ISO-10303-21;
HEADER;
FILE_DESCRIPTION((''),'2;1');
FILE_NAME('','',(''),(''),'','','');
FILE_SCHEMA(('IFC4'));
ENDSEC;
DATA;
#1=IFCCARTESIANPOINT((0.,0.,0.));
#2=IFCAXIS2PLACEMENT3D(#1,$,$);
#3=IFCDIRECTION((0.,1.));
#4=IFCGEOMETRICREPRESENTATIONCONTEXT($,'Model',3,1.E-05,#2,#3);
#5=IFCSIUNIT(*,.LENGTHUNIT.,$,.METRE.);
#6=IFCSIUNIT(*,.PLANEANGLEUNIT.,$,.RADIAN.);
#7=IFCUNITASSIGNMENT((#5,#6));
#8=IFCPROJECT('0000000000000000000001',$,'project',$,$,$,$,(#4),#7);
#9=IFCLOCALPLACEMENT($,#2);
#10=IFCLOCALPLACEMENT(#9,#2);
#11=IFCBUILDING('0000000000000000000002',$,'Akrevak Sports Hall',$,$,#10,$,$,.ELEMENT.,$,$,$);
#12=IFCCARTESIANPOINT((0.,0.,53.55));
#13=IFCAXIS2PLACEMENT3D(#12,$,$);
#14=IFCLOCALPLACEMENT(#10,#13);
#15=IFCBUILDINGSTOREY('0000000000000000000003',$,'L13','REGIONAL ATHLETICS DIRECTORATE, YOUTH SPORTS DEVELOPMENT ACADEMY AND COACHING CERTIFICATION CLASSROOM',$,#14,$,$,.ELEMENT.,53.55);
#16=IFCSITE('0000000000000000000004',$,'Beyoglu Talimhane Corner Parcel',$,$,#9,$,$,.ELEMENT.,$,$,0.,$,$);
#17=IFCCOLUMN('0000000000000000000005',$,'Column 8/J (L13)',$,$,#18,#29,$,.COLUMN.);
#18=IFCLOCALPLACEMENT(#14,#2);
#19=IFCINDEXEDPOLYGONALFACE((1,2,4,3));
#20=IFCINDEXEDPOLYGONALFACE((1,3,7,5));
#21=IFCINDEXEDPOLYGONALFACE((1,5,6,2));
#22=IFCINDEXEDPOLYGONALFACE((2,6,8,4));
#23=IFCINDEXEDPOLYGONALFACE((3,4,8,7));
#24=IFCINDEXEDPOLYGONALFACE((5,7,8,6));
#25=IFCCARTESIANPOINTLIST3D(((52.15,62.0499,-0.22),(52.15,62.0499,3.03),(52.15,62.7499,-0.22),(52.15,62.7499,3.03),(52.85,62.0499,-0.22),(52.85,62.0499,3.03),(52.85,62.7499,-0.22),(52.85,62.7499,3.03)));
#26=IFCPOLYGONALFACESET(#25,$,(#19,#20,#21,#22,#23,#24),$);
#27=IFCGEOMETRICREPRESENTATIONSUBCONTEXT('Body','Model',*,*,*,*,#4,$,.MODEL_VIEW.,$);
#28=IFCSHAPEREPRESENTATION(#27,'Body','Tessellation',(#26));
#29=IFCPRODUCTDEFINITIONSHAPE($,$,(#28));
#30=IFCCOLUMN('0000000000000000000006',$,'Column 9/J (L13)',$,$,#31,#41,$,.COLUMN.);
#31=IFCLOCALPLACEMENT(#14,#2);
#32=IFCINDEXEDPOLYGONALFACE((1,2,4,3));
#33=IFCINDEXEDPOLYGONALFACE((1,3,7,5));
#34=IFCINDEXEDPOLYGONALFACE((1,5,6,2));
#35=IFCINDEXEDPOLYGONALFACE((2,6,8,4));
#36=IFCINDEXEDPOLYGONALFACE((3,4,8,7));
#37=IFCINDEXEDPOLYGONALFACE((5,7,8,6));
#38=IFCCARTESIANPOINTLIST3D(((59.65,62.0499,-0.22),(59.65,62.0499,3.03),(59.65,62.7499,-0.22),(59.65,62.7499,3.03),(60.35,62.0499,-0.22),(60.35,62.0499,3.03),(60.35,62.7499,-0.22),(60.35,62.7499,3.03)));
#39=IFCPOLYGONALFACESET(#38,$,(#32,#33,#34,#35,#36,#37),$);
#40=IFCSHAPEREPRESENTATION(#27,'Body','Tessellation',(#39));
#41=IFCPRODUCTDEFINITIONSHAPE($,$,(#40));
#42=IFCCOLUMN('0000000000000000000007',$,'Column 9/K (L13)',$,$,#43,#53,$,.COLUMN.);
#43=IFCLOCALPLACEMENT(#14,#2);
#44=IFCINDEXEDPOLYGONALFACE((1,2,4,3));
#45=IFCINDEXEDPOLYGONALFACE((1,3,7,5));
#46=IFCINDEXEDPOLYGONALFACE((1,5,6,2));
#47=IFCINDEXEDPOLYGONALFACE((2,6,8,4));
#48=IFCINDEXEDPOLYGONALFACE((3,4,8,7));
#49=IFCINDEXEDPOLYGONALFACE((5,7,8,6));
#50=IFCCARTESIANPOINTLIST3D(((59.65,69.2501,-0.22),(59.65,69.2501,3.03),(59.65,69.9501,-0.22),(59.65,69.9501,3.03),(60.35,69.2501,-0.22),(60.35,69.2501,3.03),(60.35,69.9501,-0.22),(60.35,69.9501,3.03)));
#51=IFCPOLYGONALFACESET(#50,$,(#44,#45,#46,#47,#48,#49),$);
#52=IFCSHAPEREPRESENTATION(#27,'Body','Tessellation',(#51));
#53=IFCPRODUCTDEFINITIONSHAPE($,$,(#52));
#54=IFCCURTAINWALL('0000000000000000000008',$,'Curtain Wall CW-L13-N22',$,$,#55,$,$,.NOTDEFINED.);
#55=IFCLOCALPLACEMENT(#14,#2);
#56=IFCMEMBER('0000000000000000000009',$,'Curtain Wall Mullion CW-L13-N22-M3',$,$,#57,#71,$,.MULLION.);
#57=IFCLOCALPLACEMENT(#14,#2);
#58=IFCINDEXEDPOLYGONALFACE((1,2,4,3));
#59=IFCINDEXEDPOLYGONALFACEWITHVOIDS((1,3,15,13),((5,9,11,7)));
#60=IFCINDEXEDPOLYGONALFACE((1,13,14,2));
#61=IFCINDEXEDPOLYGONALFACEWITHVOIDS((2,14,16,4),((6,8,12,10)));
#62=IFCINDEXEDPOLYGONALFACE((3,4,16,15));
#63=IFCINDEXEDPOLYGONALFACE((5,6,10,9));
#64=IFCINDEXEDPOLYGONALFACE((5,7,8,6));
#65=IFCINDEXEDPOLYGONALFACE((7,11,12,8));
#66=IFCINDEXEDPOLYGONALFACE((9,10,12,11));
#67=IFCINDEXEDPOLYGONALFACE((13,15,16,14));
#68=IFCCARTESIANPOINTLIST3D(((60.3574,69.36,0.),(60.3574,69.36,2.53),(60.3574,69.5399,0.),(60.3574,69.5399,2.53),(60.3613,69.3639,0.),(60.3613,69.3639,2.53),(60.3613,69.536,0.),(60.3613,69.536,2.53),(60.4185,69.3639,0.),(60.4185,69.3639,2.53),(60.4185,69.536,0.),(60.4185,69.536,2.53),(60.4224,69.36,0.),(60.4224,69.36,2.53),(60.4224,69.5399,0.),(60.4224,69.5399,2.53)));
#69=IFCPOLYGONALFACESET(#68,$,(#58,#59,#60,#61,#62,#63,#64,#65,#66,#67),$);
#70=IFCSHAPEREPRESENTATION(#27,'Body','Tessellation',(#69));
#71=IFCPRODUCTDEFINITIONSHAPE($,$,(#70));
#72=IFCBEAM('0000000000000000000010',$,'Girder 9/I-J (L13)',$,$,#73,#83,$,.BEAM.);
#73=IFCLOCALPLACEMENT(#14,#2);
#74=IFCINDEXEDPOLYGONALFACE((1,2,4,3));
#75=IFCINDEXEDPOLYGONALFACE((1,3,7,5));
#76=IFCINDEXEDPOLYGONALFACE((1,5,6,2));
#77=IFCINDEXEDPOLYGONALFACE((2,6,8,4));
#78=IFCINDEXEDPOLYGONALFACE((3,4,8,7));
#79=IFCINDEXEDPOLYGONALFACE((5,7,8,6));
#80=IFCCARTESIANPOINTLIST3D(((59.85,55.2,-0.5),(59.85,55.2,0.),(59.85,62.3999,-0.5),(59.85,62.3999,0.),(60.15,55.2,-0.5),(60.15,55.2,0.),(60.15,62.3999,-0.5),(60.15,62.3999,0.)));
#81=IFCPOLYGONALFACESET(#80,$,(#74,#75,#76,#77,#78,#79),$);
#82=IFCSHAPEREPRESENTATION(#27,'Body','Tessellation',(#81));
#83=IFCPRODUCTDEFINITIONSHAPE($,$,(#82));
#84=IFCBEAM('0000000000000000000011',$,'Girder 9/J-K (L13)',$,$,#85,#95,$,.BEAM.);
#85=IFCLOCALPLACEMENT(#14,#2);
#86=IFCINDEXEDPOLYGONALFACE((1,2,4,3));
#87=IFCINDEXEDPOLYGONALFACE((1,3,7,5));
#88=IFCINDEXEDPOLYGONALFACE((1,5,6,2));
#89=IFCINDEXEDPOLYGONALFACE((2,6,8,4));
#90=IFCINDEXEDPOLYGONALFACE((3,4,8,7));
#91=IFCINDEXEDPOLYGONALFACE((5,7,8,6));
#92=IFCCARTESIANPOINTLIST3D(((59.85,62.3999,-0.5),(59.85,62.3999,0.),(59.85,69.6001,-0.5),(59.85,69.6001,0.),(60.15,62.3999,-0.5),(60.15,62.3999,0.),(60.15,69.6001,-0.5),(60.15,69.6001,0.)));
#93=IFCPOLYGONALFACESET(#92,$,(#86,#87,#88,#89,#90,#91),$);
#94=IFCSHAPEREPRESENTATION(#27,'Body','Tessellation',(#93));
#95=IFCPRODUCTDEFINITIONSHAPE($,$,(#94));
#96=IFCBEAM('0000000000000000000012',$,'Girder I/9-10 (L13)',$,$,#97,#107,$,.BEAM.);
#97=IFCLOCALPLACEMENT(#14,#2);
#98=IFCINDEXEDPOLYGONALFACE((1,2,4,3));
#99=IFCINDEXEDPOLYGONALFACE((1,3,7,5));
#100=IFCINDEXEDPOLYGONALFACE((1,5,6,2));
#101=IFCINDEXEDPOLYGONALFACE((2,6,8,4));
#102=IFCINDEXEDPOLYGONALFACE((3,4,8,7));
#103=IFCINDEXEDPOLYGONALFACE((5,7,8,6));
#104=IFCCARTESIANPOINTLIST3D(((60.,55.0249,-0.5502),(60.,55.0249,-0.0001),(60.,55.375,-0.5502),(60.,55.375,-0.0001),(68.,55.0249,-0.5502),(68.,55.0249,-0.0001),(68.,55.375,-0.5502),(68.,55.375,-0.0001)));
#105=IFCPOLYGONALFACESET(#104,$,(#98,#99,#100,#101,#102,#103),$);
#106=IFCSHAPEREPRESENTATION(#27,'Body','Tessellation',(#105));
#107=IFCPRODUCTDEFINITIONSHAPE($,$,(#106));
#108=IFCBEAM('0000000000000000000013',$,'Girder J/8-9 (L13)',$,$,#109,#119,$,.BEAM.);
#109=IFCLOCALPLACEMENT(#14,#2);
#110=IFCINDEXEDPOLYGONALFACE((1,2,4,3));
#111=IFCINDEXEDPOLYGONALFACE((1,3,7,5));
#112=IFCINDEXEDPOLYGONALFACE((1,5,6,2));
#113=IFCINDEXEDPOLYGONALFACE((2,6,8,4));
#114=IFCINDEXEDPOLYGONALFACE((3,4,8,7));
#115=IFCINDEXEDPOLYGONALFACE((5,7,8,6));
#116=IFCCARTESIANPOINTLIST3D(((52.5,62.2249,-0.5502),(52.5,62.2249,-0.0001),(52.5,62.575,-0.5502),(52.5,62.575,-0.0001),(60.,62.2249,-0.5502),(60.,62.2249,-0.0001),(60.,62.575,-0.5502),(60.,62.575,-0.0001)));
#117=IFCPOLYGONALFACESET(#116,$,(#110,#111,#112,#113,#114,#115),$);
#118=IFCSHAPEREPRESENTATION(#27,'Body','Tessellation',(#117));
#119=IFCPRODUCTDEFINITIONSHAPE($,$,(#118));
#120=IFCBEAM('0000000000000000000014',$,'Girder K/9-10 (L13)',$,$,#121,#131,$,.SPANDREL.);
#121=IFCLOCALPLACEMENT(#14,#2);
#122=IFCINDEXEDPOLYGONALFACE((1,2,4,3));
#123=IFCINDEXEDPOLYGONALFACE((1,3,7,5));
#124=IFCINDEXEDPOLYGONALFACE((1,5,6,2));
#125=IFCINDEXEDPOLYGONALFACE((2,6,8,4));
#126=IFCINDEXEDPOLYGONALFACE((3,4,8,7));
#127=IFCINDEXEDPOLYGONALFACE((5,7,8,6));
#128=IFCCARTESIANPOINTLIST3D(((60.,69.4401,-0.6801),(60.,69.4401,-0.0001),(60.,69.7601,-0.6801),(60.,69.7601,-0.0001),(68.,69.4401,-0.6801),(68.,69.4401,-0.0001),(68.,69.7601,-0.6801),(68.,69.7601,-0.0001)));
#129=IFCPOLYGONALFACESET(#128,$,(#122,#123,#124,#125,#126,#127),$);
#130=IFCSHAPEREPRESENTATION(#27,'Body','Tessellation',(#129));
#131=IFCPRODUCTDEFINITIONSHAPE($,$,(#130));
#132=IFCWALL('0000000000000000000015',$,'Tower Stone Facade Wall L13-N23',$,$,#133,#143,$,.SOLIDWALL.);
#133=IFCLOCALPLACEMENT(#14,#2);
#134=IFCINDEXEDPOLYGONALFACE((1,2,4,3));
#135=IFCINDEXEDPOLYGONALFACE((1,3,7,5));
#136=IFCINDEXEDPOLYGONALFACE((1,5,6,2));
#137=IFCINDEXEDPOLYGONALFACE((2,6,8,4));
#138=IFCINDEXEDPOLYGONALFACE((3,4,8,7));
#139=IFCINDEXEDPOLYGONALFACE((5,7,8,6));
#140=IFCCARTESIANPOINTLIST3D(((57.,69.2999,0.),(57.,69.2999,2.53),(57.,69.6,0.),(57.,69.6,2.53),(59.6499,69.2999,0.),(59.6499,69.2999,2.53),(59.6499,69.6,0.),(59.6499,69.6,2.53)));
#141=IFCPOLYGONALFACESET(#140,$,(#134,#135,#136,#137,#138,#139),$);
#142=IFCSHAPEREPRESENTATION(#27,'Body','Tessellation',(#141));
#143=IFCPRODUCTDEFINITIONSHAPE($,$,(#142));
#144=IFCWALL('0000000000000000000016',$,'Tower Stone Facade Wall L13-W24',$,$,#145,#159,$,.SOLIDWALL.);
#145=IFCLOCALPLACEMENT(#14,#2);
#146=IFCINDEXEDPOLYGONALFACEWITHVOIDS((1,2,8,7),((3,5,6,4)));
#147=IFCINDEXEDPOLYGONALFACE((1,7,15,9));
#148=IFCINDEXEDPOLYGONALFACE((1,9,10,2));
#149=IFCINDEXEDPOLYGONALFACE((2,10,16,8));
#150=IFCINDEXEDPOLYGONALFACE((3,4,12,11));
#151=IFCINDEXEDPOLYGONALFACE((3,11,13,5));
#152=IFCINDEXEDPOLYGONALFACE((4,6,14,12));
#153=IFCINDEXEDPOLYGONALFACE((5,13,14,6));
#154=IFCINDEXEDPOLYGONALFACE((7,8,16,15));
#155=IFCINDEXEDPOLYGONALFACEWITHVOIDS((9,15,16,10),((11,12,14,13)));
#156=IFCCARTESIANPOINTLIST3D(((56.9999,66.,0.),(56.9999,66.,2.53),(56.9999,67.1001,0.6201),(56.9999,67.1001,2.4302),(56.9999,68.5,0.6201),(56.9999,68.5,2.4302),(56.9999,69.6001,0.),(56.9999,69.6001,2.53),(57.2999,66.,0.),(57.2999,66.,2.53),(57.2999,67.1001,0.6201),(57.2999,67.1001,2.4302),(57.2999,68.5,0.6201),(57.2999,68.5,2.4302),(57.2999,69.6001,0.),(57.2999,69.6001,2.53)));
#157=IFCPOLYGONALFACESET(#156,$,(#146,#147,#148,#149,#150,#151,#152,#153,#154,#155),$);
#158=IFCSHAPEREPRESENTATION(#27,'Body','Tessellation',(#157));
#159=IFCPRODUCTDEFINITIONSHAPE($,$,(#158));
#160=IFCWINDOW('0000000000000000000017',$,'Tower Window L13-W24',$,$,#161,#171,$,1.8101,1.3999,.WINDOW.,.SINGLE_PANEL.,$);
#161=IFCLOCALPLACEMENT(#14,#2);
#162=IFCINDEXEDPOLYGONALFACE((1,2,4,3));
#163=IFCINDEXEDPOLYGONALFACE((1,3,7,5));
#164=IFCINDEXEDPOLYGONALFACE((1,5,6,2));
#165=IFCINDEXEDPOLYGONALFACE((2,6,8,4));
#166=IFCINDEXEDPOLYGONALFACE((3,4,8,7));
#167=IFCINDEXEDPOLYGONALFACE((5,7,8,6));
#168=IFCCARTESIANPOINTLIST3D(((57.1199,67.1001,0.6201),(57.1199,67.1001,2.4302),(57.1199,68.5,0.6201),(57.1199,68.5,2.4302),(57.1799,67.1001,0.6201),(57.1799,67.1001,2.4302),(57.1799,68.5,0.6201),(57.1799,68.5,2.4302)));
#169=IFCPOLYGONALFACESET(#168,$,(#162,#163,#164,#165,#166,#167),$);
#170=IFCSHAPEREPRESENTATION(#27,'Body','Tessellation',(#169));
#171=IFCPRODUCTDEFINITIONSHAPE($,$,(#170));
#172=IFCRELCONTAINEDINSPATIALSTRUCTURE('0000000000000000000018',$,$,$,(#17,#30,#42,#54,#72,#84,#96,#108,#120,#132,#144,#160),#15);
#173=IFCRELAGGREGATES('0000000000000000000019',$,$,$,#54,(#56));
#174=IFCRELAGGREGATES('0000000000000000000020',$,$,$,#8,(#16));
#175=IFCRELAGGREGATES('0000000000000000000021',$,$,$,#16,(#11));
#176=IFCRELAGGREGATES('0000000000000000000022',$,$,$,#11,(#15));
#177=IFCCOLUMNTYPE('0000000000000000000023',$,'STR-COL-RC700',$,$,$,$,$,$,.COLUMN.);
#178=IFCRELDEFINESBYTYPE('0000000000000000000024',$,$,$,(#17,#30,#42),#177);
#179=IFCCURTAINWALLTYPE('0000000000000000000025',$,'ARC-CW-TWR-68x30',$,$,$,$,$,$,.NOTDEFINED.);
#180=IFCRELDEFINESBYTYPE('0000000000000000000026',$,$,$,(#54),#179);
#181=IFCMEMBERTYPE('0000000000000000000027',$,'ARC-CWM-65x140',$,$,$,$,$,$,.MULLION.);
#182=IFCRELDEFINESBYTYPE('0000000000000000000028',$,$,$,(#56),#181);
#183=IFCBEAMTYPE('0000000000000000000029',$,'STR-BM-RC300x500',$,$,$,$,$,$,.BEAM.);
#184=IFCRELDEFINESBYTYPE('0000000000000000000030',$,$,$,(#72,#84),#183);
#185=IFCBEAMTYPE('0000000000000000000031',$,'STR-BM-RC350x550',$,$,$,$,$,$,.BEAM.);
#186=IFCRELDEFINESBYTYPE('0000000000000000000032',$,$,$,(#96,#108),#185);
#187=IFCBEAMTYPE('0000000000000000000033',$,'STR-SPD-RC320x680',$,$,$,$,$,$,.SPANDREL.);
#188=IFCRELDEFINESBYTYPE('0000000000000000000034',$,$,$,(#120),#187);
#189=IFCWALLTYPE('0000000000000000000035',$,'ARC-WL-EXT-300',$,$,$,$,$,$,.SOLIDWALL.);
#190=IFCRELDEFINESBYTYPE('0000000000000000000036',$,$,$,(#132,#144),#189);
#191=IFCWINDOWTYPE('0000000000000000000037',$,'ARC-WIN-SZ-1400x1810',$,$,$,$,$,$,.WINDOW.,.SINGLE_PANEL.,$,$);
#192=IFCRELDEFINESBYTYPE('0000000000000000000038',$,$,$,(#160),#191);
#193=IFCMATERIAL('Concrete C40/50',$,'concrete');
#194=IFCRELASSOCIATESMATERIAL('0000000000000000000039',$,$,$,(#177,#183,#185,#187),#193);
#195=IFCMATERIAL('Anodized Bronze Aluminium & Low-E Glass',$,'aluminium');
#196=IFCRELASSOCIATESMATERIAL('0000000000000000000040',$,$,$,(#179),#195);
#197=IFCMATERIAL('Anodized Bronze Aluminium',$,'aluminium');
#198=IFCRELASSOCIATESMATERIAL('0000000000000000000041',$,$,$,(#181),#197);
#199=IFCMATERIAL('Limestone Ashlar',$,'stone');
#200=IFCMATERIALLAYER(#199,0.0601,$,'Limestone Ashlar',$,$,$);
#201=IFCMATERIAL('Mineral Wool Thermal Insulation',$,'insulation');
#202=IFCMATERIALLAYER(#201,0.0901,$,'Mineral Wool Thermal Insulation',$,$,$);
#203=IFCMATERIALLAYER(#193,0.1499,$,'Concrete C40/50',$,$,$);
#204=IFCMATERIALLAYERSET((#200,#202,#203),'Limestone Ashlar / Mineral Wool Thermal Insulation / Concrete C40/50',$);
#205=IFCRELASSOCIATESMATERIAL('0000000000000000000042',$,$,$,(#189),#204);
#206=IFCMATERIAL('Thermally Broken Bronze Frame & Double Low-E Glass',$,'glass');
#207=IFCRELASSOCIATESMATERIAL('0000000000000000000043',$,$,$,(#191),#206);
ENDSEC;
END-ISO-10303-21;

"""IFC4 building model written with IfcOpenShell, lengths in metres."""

from ifc_helpers import new_model, si_unit, direction, frame, frame_2d, origin, origin_2d, place, context, subcontext, project, spatial, rectangle, hollow_rectangle, extrude, material, layer, layer_set, material_profile, profile_set, type_object, element, fill, aggregate, save


model = new_model("IFC4")

# Units and contexts
model_context = context("Model", 3, precision=1e-05, world=origin(), true_north=direction((0.0, 1.0)))
body_context = subcontext(model_context, "Body", "Model", "MODEL_VIEW")
ifc_project = project(units=[si_unit("LENGTHUNIT", "METRE"), si_unit("PLANEANGLEUNIT", "RADIAN")], contexts=[model_context])

# Site, building, storey
site_placement = place(None, origin())
site = spatial("IfcSite", under=ifc_project, at=site_placement, Name="Beyoglu Talimhane Corner Parcel", CompositionType="ELEMENT", RefElevation=0.0)
building_placement = place(site_placement, origin())
building = spatial("IfcBuilding", under=site, at=building_placement, Name="Akrevak Sports Hall", CompositionType="ELEMENT")
storey_placement = place(building_placement, frame((0.0, 0.0, 53.55)))
storey = spatial("IfcBuildingStorey", under=building, at=storey_placement, Name="L13", Description="REGIONAL ATHLETICS DIRECTORATE, YOUTH SPORTS DEVELOPMENT ACADEMY AND COACHING CERTIFICATION CLASSROOM", CompositionType="ELEMENT", Elevation=53.55)

# Columns
ifc_material_1 = material(Name="Concrete C40/50", Category="concrete")
ifc_material_profile_1 = material_profile(ifc_material_1, rectangle(XDim=0.7, YDim=0.7, at=origin_2d()), Name="RC 700x700", Category="concrete")
ifc_profile_set_1 = profile_set([ifc_material_profile_1], Name="Concrete C40/50")
column_type = type_object("IfcColumnType", Name="STR-COL-RC700", PredefinedType="COLUMN", material=ifc_profile_set_1)
for number, where, z_axis, x_axis, name in (
    (1, (52.5, 62.3999, -0.22), (0.0, 0.0, 1.0), (1.0, 0.0, 0.0), "Column 8/J (L13)"),
    (2, (60.0, 62.3999, -0.22), (0.0, 0.0, 1.0), (1.0, 0.0, 0.0), "Column 9/J (L13)"),
    (3, (60.0, 69.6001, -0.22), (0.0, 0.0, 1.0), (1.0, 0.0, 0.0), "Column 9/K (L13)"),
):
    element("IfcColumn", number, at=place(storey_placement, frame(where, z_axis=z_axis, x_axis=x_axis)), inside=storey, type_object=column_type, Name=name, PredefinedType="COLUMN", context=body_context, shape_type="SweptSolid", body=[
        extrude(rectangle(XDim=0.7, YDim=0.7, at=origin_2d()), origin(), (0.0, 0.0, 1.0), 3.25),
    ])

# Curtain wall, member
ifc_material_2 = material(Name="Anodized Bronze Aluminium & Low-E Glass", Category="aluminium")
curtain_wall_type = type_object("IfcCurtainWallType", Name="ARC-CW-TWR-68x30", PredefinedType="NOTDEFINED", material=ifc_material_2)
curtain_wall_placement = place(storey_placement, origin())
curtain_wall = element("IfcCurtainWall", 4, at=curtain_wall_placement, inside=storey, type_object=curtain_wall_type, Name="Curtain Wall CW-L13-N22", PredefinedType="NOTDEFINED")
ifc_material_3 = material(Name="Anodized Bronze Aluminium", Category="aluminium")
ifc_material_profile_2 = material_profile(ifc_material_3, hollow_rectangle(XDim=0.0649, YDim=0.1799, WallThickness=0.0039, at=origin_2d()), Name="CWM 65x180", Category="aluminium")
ifc_profile_set_2 = profile_set([ifc_material_profile_2], Name="Anodized Bronze Aluminium")
member_type = type_object("IfcMemberType", Name="ARC-CWM-65x140", PredefinedType="MULLION", material=ifc_profile_set_2)
member_placement = place(storey_placement, frame((60.3899, 69.45, 0.0), z_axis=(0.0, 0.0, 1.0), x_axis=(-1.0, 0.0, 0.0)))
member = element("IfcMember", 5, at=member_placement, type_object=member_type, Name="Curtain Wall Mullion CW-L13-N22-M3", PredefinedType="MULLION", context=body_context, shape_type="SweptSolid", body=[
    extrude(hollow_rectangle(XDim=0.0649, YDim=0.1799, WallThickness=0.0039, at=origin_2d()), origin(), (0.0, 0.0, 1.0), 2.53),
])
aggregate(curtain_wall, [member])

# Beams
ifc_material_profile_3 = material_profile(ifc_material_1, rectangle(XDim=0.3, YDim=0.5, at=origin_2d()), Name="BM 300x500", Category="concrete")
ifc_profile_set_3 = profile_set([ifc_material_profile_3], Name="Concrete C40/50")
beam_type_1 = type_object("IfcBeamType", Name="STR-BM-RC300x500", PredefinedType="BEAM", material=ifc_profile_set_3)
beam_1_placement = place(storey_placement, frame((60.0, 55.2, -0.25), z_axis=(0.0, 1.0, 0.0), x_axis=(-1.0, 0.0, 0.0)))
element("IfcBeam", 6, at=beam_1_placement, inside=storey, type_object=beam_type_1, Name="Girder 9/I-J (L13)", PredefinedType="BEAM", context=body_context, shape_type="SweptSolid", body=[
    extrude(rectangle(XDim=0.3, YDim=0.5, at=origin_2d()), origin(), (0.0, 0.0, 1.0), 7.2),
])
beam_2_placement = place(storey_placement, frame((60.0, 62.3999, -0.25), z_axis=(0.0, 1.0, 0.0), x_axis=(-1.0, 0.0, 0.0)))
element("IfcBeam", 7, at=beam_2_placement, inside=storey, type_object=beam_type_1, Name="Girder 9/J-K (L13)", PredefinedType="BEAM", context=body_context, shape_type="SweptSolid", body=[
    extrude(rectangle(XDim=0.3, YDim=0.5, at=origin_2d()), origin(), (0.0, 0.0, 1.0), 7.2002),
])
ifc_material_profile_4 = material_profile(ifc_material_1, rectangle(XDim=0.3501, YDim=0.55, at=origin_2d()), Name="BM 350x550", Category="concrete")
ifc_profile_set_4 = profile_set([ifc_material_profile_4], Name="Concrete C40/50")
beam_type_2 = type_object("IfcBeamType", Name="STR-BM-RC350x550", PredefinedType="BEAM", material=ifc_profile_set_4)
beam_3_placement = place(storey_placement, frame((60.0, 55.2, -0.2751), z_axis=(1.0, 0.0, 0.0), x_axis=(0.0, 1.0, 0.0)))
element("IfcBeam", 8, at=beam_3_placement, inside=storey, type_object=beam_type_2, Name="Girder I/9-10 (L13)", PredefinedType="BEAM", context=body_context, shape_type="SweptSolid", body=[
    extrude(rectangle(XDim=0.3501, YDim=0.55, at=origin_2d()), origin(), (0.0, 0.0, 1.0), 8.0),
])
beam_4_placement = place(storey_placement, frame((52.5, 62.3999, -0.2751), z_axis=(1.0, 0.0, 0.0), x_axis=(0.0, 1.0, 0.0)))
element("IfcBeam", 9, at=beam_4_placement, inside=storey, type_object=beam_type_2, Name="Girder J/8-9 (L13)", PredefinedType="BEAM", context=body_context, shape_type="SweptSolid", body=[
    extrude(rectangle(XDim=0.3501, YDim=0.55, at=origin_2d()), origin(), (0.0, 0.0, 1.0), 7.5),
])
ifc_material_profile_5 = material_profile(ifc_material_1, rectangle(XDim=0.3201, YDim=0.6799, at=origin_2d()), Name="SPD 320x680", Category="concrete")
ifc_profile_set_5 = profile_set([ifc_material_profile_5], Name="Concrete C40/50")
beam_type_3 = type_object("IfcBeamType", Name="STR-SPD-RC320x680", PredefinedType="SPANDREL", material=ifc_profile_set_5)
beam_5_placement = place(storey_placement, frame((60.0, 69.6001, -0.3401), z_axis=(1.0, 0.0, 0.0), x_axis=(0.0, 1.0, 0.0)))
element("IfcBeam", 10, at=beam_5_placement, inside=storey, type_object=beam_type_3, Name="Girder K/9-10 (L13)", PredefinedType="SPANDREL", context=body_context, shape_type="SweptSolid", body=[
    extrude(rectangle(XDim=0.3201, YDim=0.6799, at=origin_2d()), origin(), (0.0, 0.0, 1.0), 8.0),
])

# Wall
ifc_material_4 = material(Name="Limestone Ashlar", Category="stone")
ifc_layer_1 = layer(ifc_material_4, 0.0601, Name="Limestone Ashlar")
ifc_material_5 = material(Name="Mineral Wool Thermal Insulation", Category="insulation")
ifc_layer_2 = layer(ifc_material_5, 0.0901, Name="Mineral Wool Thermal Insulation")
ifc_layer_3 = layer(ifc_material_1, 0.1499, Name="Concrete C40/50")
ifc_layer_set_1 = layer_set([ifc_layer_1, ifc_layer_2, ifc_layer_3], Name="Limestone Ashlar / Mineral Wool Thermal Insulation / Concrete C40/50")
wall_type_1 = type_object("IfcWallType", Name="ARC-WL-EXT-300", PredefinedType="SOLIDWALL", material=ifc_layer_set_1)
wall_1_placement = place(storey_placement, frame((59.6499, 69.45, 0.0), z_axis=(0.0, 0.0, 1.0), x_axis=(-1.0, 0.0, 0.0)))
element("IfcWall", 11, at=wall_1_placement, inside=storey, type_object=wall_type_1, Name="Tower Stone Facade Wall L13-N23", PredefinedType="SOLIDWALL", context=body_context, shape_type="SweptSolid", body=[
    extrude(rectangle(XDim=2.6499, YDim=0.3, at=frame_2d((1.325, 0.0))), origin(), (0.0, 0.0, 1.0), 2.53),
])

# Wall, opening, window
wall_2_placement = place(storey_placement, frame((57.1499, 69.6001, 0.0), z_axis=(0.0, 0.0, 1.0), x_axis=(0.0, -1.0, 0.0)))
wall_2 = element("IfcWall", 12, at=wall_2_placement, inside=storey, type_object=wall_type_1, Name="Tower Stone Facade Wall L13-W24", PredefinedType="SOLIDWALL", context=body_context, shape_type="SweptSolid", body=[
    extrude(rectangle(XDim=3.6001, YDim=0.3, at=frame_2d((1.8, 0.0))), origin(), (0.0, 0.0, 1.0), 2.53),
])
opening_1_placement = place(wall_2_placement, frame((1.1001, 0.0, 0.6201)))
opening_1 = element("IfcOpeningElement", 13, at=opening_1_placement, cuts=wall_2, PredefinedType="OPENING", context=body_context, shape_type="SweptSolid", body=[
    extrude(rectangle(XDim=1.3999, YDim=1.8101, at=frame_2d((0.7, 0.905))), frame((0.0, 0.1621, 0.0), z_axis=(0.0, -1.0, 0.0), x_axis=(1.0, 0.0, 0.0)), (0.0, 0.0, 1.0), 0.324),
])
ifc_material_6 = material(Name="Thermally Broken Bronze Frame & Double Low-E Glass", Category="glass")
window_type_1 = type_object("IfcWindowType", Name="ARC-WIN-SZ-1400x1810", PartitioningType="SINGLE_PANEL", PredefinedType="WINDOW", material=ifc_material_6)
window_1_placement = place(opening_1_placement, origin())
window_1 = element("IfcWindow", 14, at=window_1_placement, inside=storey, type_object=window_type_1, Name="Tower Window L13-W24", OverallHeight=1.8101, OverallWidth=1.3999, PartitioningType="SINGLE_PANEL", PredefinedType="WINDOW", context=body_context, shape_type="SweptSolid", body=[
    extrude(rectangle(XDim=1.3999, YDim=1.8101, at=frame_2d((0.7, 0.905))), frame((0.0, 0.03, 0.0), z_axis=(0.0, -1.0, 0.0), x_axis=(1.0, 0.0, 0.0)), (0.0, 0.0, 1.0), 0.0601),
])
fill(opening_1, window_1)

save(model, "model.ifc")
